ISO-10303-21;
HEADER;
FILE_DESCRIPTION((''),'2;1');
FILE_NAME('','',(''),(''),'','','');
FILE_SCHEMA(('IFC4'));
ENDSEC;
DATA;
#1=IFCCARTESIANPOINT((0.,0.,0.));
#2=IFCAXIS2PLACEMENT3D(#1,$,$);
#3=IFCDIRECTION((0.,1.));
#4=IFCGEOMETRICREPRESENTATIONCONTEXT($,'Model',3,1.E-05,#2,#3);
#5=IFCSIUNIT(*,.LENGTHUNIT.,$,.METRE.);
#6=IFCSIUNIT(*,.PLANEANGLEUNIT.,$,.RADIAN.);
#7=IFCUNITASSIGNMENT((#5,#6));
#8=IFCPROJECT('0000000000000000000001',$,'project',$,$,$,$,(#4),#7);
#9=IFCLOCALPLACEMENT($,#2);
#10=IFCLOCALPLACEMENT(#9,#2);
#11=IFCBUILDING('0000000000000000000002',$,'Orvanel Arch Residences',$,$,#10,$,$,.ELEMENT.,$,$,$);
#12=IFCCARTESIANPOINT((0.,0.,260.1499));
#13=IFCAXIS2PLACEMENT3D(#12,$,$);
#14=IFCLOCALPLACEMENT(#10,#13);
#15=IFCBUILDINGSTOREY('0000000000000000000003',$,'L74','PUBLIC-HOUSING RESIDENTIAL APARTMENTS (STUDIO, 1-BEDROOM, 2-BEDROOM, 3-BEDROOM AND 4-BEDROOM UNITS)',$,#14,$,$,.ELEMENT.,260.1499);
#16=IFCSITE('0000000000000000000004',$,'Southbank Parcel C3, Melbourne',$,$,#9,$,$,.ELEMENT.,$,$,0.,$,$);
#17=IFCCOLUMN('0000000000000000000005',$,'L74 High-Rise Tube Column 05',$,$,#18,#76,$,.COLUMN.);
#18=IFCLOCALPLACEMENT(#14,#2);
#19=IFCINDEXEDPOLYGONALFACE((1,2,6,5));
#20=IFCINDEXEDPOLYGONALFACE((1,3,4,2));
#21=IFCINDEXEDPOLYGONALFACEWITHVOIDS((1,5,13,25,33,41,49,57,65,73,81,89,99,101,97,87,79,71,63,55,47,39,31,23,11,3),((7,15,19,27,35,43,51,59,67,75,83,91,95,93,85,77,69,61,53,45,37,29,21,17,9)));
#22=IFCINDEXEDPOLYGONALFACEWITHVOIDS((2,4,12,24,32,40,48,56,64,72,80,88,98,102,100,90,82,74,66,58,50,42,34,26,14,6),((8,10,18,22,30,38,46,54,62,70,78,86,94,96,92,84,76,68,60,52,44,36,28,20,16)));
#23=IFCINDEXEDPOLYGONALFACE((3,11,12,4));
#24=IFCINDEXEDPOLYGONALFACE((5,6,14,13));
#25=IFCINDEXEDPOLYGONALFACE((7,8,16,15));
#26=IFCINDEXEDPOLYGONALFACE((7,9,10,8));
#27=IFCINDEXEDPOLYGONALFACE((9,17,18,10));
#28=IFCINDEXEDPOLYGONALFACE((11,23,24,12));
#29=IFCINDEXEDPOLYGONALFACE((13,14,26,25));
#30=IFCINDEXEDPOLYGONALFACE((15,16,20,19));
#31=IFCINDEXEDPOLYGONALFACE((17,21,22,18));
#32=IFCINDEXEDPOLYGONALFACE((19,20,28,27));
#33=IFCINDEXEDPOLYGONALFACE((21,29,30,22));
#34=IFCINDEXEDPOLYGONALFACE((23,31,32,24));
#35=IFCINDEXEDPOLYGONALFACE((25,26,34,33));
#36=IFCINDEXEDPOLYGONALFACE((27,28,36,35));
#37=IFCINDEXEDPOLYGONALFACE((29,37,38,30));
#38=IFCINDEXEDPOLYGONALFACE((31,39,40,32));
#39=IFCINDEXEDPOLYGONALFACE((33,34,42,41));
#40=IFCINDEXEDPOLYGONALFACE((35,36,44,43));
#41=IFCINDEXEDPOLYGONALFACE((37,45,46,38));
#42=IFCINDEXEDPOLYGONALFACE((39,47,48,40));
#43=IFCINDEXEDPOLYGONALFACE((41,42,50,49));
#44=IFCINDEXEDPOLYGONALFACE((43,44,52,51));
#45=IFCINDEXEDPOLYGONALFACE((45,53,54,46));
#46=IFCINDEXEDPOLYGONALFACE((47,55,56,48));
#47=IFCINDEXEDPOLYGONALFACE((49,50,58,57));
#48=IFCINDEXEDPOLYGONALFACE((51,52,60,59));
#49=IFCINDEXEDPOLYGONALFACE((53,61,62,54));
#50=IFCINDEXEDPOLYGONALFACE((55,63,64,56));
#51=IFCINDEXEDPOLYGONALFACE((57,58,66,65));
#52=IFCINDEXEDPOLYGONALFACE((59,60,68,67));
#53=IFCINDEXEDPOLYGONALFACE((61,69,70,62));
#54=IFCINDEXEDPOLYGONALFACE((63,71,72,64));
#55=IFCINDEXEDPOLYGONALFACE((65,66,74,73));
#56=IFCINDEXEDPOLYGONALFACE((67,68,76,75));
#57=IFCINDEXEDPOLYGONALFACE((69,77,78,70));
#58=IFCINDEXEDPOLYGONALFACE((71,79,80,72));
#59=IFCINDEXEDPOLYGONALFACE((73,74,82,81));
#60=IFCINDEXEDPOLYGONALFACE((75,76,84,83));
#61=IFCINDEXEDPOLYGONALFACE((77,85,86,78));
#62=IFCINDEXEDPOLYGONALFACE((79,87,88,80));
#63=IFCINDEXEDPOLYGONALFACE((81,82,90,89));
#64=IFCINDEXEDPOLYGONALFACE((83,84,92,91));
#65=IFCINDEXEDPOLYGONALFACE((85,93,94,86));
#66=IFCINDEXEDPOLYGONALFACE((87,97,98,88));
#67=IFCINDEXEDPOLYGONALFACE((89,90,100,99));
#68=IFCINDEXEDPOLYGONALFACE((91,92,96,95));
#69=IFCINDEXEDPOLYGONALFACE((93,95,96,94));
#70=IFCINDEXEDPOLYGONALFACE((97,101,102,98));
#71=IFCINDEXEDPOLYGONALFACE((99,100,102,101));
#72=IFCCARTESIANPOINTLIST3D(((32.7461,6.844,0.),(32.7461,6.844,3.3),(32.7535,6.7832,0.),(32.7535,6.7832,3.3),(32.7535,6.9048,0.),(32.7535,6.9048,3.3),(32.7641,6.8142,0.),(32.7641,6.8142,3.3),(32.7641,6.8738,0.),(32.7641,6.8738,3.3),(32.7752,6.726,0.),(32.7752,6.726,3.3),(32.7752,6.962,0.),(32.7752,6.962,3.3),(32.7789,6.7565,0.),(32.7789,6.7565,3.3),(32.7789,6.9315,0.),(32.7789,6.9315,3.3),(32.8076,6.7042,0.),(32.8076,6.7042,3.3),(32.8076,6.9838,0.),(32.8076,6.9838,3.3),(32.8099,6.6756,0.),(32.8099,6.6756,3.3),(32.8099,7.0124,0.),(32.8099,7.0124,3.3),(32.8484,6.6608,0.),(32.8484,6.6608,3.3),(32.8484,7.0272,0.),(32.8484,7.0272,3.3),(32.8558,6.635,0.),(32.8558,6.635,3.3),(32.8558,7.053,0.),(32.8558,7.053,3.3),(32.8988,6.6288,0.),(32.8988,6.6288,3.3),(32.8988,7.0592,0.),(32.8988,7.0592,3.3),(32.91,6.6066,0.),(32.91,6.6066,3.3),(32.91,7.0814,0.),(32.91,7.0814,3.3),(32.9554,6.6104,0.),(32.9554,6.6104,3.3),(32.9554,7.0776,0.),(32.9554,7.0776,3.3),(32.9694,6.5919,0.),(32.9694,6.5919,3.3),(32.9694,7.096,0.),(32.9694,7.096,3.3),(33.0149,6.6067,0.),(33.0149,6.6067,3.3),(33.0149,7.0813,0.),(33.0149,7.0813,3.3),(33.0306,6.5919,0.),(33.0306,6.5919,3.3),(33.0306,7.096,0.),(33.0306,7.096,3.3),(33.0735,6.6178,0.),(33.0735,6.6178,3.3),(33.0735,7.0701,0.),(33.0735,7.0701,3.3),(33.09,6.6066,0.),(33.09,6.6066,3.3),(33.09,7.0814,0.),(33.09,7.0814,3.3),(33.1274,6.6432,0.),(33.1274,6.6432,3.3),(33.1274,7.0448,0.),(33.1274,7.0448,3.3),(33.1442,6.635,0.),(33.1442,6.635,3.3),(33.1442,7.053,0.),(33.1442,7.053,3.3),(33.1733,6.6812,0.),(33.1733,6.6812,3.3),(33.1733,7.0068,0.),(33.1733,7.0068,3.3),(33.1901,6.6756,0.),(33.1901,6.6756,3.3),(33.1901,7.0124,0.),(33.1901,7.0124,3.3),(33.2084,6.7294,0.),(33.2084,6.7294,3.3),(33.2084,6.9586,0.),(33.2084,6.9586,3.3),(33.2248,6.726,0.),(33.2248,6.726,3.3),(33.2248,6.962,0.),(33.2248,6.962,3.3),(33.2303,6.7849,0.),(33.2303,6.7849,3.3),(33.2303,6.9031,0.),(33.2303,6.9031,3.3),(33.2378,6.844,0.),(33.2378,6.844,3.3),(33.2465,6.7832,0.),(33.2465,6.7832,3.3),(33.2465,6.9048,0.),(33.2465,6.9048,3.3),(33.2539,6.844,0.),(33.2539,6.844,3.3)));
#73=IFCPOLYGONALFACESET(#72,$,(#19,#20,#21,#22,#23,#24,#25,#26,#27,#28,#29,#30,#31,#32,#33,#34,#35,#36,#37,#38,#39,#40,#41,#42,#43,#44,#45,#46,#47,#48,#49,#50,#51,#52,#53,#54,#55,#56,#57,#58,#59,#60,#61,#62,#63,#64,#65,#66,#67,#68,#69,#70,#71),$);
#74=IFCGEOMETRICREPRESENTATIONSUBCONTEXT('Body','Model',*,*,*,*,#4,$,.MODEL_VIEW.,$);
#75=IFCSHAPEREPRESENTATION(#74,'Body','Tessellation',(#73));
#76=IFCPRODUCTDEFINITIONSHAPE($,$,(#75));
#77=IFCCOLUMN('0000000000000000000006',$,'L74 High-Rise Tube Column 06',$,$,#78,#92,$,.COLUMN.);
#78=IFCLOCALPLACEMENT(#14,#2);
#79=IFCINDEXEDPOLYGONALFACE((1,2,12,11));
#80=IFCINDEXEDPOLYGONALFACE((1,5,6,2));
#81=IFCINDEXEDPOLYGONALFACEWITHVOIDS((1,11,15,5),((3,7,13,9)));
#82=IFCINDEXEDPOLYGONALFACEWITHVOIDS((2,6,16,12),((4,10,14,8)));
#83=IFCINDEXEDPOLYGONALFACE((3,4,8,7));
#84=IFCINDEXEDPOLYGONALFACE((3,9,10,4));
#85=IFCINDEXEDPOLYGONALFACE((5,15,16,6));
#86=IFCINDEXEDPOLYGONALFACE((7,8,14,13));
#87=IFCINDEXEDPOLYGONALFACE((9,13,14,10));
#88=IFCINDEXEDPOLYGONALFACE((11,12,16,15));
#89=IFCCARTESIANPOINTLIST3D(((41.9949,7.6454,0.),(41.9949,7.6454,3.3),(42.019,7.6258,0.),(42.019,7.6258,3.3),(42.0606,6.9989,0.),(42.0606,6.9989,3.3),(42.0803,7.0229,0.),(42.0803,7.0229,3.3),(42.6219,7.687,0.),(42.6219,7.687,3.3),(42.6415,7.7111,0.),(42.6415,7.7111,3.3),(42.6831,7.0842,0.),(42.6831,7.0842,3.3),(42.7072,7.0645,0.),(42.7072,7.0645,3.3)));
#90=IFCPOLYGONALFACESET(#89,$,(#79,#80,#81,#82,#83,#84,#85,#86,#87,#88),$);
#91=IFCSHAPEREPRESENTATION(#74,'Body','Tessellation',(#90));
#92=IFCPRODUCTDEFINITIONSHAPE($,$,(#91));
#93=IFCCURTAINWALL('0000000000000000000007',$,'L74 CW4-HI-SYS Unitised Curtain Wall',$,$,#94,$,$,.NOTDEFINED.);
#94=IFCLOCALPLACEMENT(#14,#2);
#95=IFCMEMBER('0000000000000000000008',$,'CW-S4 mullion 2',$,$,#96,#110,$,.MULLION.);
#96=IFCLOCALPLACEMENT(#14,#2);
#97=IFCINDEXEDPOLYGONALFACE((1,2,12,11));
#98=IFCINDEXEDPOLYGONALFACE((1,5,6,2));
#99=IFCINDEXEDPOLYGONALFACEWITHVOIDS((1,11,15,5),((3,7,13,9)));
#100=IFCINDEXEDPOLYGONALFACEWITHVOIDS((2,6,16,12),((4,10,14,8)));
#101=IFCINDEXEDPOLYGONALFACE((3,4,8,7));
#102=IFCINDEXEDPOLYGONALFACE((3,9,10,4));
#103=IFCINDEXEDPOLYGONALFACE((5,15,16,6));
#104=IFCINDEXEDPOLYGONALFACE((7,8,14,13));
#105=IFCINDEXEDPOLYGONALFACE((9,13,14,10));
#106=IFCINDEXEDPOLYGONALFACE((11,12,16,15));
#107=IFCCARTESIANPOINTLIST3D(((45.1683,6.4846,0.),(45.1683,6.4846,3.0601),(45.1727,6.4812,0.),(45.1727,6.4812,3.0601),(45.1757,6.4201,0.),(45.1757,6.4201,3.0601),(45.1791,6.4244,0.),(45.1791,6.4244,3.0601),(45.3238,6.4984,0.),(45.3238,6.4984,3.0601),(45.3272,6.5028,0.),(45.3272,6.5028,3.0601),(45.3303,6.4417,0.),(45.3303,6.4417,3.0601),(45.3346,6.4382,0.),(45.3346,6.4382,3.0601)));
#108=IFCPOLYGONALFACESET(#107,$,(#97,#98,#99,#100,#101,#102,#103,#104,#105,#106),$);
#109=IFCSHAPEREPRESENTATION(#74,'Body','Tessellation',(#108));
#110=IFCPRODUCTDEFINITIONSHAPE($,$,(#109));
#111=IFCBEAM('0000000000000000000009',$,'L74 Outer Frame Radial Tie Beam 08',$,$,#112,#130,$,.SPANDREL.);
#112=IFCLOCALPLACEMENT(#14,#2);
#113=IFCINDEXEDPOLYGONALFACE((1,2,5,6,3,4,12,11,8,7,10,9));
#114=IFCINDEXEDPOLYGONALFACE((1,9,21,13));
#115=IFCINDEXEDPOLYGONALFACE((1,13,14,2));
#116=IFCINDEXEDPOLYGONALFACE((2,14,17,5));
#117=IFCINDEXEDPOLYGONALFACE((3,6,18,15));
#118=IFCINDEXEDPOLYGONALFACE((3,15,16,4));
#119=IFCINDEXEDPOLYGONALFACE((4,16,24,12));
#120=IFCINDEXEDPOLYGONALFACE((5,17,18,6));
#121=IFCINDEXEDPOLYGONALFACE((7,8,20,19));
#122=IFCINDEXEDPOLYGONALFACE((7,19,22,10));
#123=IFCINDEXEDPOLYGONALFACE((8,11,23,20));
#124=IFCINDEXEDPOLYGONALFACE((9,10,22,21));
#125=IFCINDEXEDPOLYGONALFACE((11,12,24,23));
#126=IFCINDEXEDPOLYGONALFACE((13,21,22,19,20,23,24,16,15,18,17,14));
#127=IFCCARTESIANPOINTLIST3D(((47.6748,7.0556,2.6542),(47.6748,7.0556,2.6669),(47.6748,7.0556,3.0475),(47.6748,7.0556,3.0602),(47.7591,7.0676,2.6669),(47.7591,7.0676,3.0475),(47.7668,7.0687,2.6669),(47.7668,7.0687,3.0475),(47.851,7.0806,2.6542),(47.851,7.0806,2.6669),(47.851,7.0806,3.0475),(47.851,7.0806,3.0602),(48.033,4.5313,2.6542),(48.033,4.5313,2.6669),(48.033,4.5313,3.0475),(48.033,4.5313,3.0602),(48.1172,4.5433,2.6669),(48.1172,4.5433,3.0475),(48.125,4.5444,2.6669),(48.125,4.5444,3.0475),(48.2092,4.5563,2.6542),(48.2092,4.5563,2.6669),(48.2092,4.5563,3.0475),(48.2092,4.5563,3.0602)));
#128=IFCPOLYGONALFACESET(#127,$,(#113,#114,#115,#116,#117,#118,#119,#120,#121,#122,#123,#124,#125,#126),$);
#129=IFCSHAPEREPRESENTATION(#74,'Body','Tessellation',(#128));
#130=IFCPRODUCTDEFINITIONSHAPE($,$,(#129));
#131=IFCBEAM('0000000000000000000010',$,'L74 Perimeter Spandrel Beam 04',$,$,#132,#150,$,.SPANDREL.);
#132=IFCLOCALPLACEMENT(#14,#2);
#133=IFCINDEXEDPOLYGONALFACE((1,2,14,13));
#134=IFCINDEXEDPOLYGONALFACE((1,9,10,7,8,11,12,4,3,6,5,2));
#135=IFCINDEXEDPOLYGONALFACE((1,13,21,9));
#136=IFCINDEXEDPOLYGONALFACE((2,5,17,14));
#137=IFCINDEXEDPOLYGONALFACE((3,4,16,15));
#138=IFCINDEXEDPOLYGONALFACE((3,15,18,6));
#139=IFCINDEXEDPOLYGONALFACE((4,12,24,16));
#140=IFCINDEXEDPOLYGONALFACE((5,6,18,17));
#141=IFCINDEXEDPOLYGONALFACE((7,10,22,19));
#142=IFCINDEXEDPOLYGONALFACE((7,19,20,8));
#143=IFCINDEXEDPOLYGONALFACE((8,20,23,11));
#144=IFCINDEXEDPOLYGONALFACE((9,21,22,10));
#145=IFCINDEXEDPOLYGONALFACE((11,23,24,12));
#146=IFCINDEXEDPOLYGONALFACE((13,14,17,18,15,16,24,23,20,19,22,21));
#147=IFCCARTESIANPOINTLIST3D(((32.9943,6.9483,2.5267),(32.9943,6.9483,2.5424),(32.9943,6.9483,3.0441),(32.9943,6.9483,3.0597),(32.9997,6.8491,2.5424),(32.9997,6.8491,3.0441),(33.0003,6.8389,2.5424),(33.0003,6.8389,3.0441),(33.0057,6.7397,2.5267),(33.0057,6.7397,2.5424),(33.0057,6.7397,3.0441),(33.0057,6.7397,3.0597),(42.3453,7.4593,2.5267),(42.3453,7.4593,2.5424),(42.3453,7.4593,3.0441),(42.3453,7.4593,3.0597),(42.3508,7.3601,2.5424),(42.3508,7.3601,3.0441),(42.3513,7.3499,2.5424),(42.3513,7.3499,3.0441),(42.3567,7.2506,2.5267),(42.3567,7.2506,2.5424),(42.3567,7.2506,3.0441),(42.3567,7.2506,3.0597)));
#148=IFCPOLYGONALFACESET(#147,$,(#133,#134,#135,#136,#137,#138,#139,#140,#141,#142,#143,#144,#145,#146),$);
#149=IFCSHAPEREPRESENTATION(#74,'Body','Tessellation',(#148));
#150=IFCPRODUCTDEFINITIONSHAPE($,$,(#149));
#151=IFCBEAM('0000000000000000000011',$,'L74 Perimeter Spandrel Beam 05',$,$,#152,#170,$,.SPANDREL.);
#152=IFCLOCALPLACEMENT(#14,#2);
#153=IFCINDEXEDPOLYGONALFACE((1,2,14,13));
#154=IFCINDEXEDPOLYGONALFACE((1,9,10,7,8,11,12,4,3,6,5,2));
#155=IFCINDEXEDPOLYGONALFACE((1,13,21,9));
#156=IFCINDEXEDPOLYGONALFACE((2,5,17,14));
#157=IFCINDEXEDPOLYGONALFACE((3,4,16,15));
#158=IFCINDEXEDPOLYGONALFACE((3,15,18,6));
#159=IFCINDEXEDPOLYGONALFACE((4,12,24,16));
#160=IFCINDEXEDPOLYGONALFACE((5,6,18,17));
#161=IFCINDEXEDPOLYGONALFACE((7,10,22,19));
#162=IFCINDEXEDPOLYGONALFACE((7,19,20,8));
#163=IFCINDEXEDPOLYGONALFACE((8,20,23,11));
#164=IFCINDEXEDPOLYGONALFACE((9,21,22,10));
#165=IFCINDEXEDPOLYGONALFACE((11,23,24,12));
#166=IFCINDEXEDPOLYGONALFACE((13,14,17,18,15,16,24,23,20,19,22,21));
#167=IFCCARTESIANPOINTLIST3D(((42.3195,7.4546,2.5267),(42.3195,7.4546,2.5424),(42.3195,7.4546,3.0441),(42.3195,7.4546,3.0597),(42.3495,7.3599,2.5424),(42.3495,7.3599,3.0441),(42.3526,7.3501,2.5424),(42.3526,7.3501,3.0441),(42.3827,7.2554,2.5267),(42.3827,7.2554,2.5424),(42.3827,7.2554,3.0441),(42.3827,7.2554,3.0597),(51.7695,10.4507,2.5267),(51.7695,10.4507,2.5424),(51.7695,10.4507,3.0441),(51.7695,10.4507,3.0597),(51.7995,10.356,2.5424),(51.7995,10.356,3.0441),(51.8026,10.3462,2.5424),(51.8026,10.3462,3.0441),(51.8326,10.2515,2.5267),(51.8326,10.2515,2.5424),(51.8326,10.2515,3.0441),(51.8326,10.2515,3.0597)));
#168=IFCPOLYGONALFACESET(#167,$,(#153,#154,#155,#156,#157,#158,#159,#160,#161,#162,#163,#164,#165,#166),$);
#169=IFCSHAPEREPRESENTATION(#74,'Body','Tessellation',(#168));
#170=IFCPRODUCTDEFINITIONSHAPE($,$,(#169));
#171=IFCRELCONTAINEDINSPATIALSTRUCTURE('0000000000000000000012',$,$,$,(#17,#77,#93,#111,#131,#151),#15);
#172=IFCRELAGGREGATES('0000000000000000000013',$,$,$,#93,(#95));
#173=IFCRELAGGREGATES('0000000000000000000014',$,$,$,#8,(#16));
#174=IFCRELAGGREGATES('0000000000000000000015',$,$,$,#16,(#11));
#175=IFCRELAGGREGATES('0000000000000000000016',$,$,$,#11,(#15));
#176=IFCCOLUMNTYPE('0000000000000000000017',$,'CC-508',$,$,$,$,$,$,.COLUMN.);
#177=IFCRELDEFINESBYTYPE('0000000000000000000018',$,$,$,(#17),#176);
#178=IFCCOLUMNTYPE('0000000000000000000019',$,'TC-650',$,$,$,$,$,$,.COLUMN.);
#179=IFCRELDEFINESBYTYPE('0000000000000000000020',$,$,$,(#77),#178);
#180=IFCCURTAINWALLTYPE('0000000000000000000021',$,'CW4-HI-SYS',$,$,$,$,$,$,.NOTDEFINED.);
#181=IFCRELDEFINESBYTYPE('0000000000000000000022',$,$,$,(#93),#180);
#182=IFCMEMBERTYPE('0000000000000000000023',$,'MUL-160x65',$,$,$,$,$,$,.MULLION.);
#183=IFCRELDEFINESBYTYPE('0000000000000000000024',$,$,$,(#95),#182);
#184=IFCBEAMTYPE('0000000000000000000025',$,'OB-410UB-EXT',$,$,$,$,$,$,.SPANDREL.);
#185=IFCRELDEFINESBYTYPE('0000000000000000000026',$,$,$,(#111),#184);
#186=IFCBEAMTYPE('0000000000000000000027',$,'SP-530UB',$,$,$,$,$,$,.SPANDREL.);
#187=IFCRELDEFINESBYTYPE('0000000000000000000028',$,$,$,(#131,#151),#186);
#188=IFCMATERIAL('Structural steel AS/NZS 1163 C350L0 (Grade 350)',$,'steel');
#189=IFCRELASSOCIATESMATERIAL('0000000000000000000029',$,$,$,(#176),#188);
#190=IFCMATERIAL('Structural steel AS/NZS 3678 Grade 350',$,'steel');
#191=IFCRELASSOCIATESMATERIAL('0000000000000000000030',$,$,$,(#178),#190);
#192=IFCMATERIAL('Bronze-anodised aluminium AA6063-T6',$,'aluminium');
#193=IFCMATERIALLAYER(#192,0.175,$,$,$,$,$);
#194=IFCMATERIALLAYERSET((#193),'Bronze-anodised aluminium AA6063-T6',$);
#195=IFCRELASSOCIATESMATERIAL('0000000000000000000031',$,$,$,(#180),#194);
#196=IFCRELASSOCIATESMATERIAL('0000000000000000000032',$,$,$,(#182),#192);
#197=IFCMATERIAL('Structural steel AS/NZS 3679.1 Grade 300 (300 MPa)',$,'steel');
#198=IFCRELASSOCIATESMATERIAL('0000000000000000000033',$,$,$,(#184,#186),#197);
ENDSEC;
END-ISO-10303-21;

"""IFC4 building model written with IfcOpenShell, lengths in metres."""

from ifc_helpers import new_model, si_unit, direction, frame, origin, origin_2d, place, context, subcontext, project, spatial, hollow_rectangle, hollow_circle, i_section, extrude, material, layer, layer_set, material_profile, profile_set, type_object, element, aggregate, save


model = new_model("IFC4")

# Units and contexts
model_context = context("Model", 3, precision=1e-05, world=origin(), true_north=direction((0.0, 1.0)))
body_context = subcontext(model_context, "Body", "Model", "MODEL_VIEW")
ifc_project = project(units=[si_unit("LENGTHUNIT", "METRE"), si_unit("PLANEANGLEUNIT", "RADIAN")], contexts=[model_context])

# Site, building, storey
site_placement = place(None, origin())
site = spatial("IfcSite", under=ifc_project, at=site_placement, Name="Southbank Parcel C3, Melbourne", CompositionType="ELEMENT", RefElevation=0.0)
building_placement = place(site_placement, origin())
building = spatial("IfcBuilding", under=site, at=building_placement, Name="Orvanel Arch Residences", CompositionType="ELEMENT")
storey_placement = place(building_placement, frame((0.0, 0.0, 260.1499)))
storey = spatial("IfcBuildingStorey", under=building, at=storey_placement, Name="L74", Description="PUBLIC-HOUSING RESIDENTIAL APARTMENTS (STUDIO, 1-BEDROOM, 2-BEDROOM, 3-BEDROOM AND 4-BEDROOM UNITS)", CompositionType="ELEMENT", Elevation=260.1499)

# Columns
ifc_material_1 = material(Name="Structural steel AS/NZS 1163 C350L0 (Grade 350)", Category="steel")
ifc_material_profile_1 = material_profile(ifc_material_1, hollow_circle(Radius=0.2539, WallThickness=0.0161, at=origin_2d()), Name="CHS508x16")
ifc_profile_set_1 = profile_set([ifc_material_profile_1], Name="Structural steel AS/NZS 1163 C350L0 (Grade 350)")
column_type_1 = type_object("IfcColumnType", Name="CC-508", PredefinedType="COLUMN", material=ifc_profile_set_1)
column_1_placement = place(storey_placement, frame((33.0, 6.844, 0.0), z_axis=(0.0, 0.0, 1.0), x_axis=(1.0, 0.0, 0.0)))
element("IfcColumn", 1, at=column_1_placement, inside=storey, type_object=column_type_1, Name="L74 High-Rise Tube Column 05", PredefinedType="COLUMN", context=body_context, shape_type="SweptSolid", body=[
    extrude(hollow_circle(Radius=0.2539, WallThickness=0.0161, at=origin_2d()), origin(), (0.0, 0.0, 1.0), 3.3),
])
ifc_material_2 = material(Name="Structural steel AS/NZS 3678 Grade 350", Category="steel")
ifc_material_profile_2 = material_profile(ifc_material_2, hollow_rectangle(XDim=0.6499, YDim=0.6499, WallThickness=0.022, at=origin_2d()), Name="BOX650x650x22")
ifc_profile_set_2 = profile_set([ifc_material_profile_2], Name="Structural steel AS/NZS 3678 Grade 350")
column_type_2 = type_object("IfcColumnType", Name="TC-650", PredefinedType="COLUMN", material=ifc_profile_set_2)
column_2_placement = place(storey_placement, frame((42.3511, 7.355, 0.0), z_axis=(0.0, 0.0, 1.0), x_axis=(0.994881, 0.101056, 0.0)))
element("IfcColumn", 2, at=column_2_placement, inside=storey, type_object=column_type_2, Name="L74 High-Rise Tube Column 06", PredefinedType="COLUMN", context=body_context, shape_type="SweptSolid", body=[
    extrude(hollow_rectangle(XDim=0.6499, YDim=0.6499, WallThickness=0.022, at=origin_2d()), origin(), (0.0, 0.0, 1.0), 3.3),
])

# Curtain wall, member
ifc_material_3 = material(Name="Bronze-anodised aluminium AA6063-T6", Category="aluminium")
ifc_layer_1 = layer(ifc_material_3, 0.175)
ifc_layer_set_1 = layer_set([ifc_layer_1], Name="Bronze-anodised aluminium AA6063-T6")
curtain_wall_type = type_object("IfcCurtainWallType", Name="CW4-HI-SYS", PredefinedType="NOTDEFINED", material=ifc_layer_set_1)
curtain_wall_placement = place(storey_placement, origin())
curtain_wall = element("IfcCurtainWall", 3, at=curtain_wall_placement, inside=storey, type_object=curtain_wall_type, Name="L74 CW4-HI-SYS Unitised Curtain Wall", PredefinedType="NOTDEFINED")
ifc_material_profile_3 = material_profile(ifc_material_3, hollow_rectangle(XDim=0.0649, YDim=0.1599, WallThickness=0.0039, at=origin_2d()), Name="ALU160x65x4")
ifc_profile_set_3 = profile_set([ifc_material_profile_3], Name="Bronze-anodised aluminium AA6063-T6")
member_type_1 = type_object("IfcMemberType", Name="MUL-160x65", PredefinedType="MULLION", material=ifc_profile_set_3)
member_1_placement = place(storey_placement, frame((45.2515, 6.4614, 0.0), z_axis=(0.0, 0.0, 1.0), x_axis=(-0.11351, 0.993537, 0.0)))
member_1 = element("IfcMember", 4, at=member_1_placement, type_object=member_type_1, Name="CW-S4 mullion 2", PredefinedType="MULLION", context=body_context, shape_type="SweptSolid", body=[
    extrude(hollow_rectangle(XDim=0.0649, YDim=0.1599, WallThickness=0.0039, at=origin_2d()), origin(), (0.0, 0.0, 1.0), 3.0601),
])

# Beams
ifc_material_4 = material(Name="Structural steel AS/NZS 3679.1 Grade 300 (300 MPa)", Category="steel")
ifc_material_profile_4 = material_profile(ifc_material_4, i_section(OverallWidth=0.178, OverallDepth=0.406, WebThickness=0.0078, FlangeThickness=0.0127, at=origin_2d()), Name="410UB59.7")
ifc_profile_set_4 = profile_set([ifc_material_profile_4], Name="Structural steel AS/NZS 3679.1 Grade 300 (300 MPa)")
beam_type_1 = type_object("IfcBeamType", Name="OB-410UB-EXT", PredefinedType="SPANDREL", material=ifc_profile_set_4)
beam_1_placement = place(storey_placement, frame((47.7629, 7.0681, 2.8572), z_axis=(0.140483, -0.990083, 0.0), x_axis=(0.990083, 0.140483, 0.0)))
element("IfcBeam", 5, at=beam_1_placement, inside=storey, type_object=beam_type_1, Name="L74 Outer Frame Radial Tie Beam 08", PredefinedType="SPANDREL", context=body_context, shape_type="SweptSolid", body=[
    extrude(i_section(OverallWidth=0.178, OverallDepth=0.406, WebThickness=0.0078, FlangeThickness=0.0127, at=origin_2d()), origin(), (0.0, 0.0, 1.0), 2.5496),
])
ifc_material_profile_5 = material_profile(ifc_material_4, i_section(OverallWidth=0.209, OverallDepth=0.533, WebThickness=0.0103, FlangeThickness=0.0156, at=origin_2d()), Name="530UB92.4")
ifc_profile_set_5 = profile_set([ifc_material_profile_5], Name="Structural steel AS/NZS 3679.1 Grade 300 (300 MPa)")
beam_type_2 = type_object("IfcBeamType", Name="SP-530UB", PredefinedType="SPANDREL", material=ifc_profile_set_5)
beam_2_placement = place(storey_placement, frame((33.0, 6.844, 2.7932), z_axis=(0.99851, 0.054563, 0.0), x_axis=(-0.054563, 0.99851, 0.0)))
element("IfcBeam", 6, at=beam_2_placement, inside=storey, type_object=beam_type_2, Name="L74 Perimeter Spandrel Beam 04", PredefinedType="SPANDREL", context=body_context, shape_type="SweptSolid", body=[
    extrude(i_section(OverallWidth=0.209, OverallDepth=0.533, WebThickness=0.0103, FlangeThickness=0.0156, at=origin_2d()), origin(), (0.0, 0.0, 1.0), 9.365),
])
beam_3_placement = place(storey_placement, frame((42.3511, 7.355, 2.7932), z_axis=(0.953237, 0.302223, 0.0), x_axis=(-0.302223, 0.953237, 0.0)))
element("IfcBeam", 7, at=beam_3_placement, inside=storey, type_object=beam_type_2, Name="L74 Perimeter Spandrel Beam 05", PredefinedType="SPANDREL", context=body_context, shape_type="SweptSolid", body=[
    extrude(i_section(OverallWidth=0.209, OverallDepth=0.533, WebThickness=0.0103, FlangeThickness=0.0156, at=origin_2d()), origin(), (0.0, 0.0, 1.0), 9.9136),
])

aggregate(curtain_wall, [member_1])

save(model, "model.ifc")
